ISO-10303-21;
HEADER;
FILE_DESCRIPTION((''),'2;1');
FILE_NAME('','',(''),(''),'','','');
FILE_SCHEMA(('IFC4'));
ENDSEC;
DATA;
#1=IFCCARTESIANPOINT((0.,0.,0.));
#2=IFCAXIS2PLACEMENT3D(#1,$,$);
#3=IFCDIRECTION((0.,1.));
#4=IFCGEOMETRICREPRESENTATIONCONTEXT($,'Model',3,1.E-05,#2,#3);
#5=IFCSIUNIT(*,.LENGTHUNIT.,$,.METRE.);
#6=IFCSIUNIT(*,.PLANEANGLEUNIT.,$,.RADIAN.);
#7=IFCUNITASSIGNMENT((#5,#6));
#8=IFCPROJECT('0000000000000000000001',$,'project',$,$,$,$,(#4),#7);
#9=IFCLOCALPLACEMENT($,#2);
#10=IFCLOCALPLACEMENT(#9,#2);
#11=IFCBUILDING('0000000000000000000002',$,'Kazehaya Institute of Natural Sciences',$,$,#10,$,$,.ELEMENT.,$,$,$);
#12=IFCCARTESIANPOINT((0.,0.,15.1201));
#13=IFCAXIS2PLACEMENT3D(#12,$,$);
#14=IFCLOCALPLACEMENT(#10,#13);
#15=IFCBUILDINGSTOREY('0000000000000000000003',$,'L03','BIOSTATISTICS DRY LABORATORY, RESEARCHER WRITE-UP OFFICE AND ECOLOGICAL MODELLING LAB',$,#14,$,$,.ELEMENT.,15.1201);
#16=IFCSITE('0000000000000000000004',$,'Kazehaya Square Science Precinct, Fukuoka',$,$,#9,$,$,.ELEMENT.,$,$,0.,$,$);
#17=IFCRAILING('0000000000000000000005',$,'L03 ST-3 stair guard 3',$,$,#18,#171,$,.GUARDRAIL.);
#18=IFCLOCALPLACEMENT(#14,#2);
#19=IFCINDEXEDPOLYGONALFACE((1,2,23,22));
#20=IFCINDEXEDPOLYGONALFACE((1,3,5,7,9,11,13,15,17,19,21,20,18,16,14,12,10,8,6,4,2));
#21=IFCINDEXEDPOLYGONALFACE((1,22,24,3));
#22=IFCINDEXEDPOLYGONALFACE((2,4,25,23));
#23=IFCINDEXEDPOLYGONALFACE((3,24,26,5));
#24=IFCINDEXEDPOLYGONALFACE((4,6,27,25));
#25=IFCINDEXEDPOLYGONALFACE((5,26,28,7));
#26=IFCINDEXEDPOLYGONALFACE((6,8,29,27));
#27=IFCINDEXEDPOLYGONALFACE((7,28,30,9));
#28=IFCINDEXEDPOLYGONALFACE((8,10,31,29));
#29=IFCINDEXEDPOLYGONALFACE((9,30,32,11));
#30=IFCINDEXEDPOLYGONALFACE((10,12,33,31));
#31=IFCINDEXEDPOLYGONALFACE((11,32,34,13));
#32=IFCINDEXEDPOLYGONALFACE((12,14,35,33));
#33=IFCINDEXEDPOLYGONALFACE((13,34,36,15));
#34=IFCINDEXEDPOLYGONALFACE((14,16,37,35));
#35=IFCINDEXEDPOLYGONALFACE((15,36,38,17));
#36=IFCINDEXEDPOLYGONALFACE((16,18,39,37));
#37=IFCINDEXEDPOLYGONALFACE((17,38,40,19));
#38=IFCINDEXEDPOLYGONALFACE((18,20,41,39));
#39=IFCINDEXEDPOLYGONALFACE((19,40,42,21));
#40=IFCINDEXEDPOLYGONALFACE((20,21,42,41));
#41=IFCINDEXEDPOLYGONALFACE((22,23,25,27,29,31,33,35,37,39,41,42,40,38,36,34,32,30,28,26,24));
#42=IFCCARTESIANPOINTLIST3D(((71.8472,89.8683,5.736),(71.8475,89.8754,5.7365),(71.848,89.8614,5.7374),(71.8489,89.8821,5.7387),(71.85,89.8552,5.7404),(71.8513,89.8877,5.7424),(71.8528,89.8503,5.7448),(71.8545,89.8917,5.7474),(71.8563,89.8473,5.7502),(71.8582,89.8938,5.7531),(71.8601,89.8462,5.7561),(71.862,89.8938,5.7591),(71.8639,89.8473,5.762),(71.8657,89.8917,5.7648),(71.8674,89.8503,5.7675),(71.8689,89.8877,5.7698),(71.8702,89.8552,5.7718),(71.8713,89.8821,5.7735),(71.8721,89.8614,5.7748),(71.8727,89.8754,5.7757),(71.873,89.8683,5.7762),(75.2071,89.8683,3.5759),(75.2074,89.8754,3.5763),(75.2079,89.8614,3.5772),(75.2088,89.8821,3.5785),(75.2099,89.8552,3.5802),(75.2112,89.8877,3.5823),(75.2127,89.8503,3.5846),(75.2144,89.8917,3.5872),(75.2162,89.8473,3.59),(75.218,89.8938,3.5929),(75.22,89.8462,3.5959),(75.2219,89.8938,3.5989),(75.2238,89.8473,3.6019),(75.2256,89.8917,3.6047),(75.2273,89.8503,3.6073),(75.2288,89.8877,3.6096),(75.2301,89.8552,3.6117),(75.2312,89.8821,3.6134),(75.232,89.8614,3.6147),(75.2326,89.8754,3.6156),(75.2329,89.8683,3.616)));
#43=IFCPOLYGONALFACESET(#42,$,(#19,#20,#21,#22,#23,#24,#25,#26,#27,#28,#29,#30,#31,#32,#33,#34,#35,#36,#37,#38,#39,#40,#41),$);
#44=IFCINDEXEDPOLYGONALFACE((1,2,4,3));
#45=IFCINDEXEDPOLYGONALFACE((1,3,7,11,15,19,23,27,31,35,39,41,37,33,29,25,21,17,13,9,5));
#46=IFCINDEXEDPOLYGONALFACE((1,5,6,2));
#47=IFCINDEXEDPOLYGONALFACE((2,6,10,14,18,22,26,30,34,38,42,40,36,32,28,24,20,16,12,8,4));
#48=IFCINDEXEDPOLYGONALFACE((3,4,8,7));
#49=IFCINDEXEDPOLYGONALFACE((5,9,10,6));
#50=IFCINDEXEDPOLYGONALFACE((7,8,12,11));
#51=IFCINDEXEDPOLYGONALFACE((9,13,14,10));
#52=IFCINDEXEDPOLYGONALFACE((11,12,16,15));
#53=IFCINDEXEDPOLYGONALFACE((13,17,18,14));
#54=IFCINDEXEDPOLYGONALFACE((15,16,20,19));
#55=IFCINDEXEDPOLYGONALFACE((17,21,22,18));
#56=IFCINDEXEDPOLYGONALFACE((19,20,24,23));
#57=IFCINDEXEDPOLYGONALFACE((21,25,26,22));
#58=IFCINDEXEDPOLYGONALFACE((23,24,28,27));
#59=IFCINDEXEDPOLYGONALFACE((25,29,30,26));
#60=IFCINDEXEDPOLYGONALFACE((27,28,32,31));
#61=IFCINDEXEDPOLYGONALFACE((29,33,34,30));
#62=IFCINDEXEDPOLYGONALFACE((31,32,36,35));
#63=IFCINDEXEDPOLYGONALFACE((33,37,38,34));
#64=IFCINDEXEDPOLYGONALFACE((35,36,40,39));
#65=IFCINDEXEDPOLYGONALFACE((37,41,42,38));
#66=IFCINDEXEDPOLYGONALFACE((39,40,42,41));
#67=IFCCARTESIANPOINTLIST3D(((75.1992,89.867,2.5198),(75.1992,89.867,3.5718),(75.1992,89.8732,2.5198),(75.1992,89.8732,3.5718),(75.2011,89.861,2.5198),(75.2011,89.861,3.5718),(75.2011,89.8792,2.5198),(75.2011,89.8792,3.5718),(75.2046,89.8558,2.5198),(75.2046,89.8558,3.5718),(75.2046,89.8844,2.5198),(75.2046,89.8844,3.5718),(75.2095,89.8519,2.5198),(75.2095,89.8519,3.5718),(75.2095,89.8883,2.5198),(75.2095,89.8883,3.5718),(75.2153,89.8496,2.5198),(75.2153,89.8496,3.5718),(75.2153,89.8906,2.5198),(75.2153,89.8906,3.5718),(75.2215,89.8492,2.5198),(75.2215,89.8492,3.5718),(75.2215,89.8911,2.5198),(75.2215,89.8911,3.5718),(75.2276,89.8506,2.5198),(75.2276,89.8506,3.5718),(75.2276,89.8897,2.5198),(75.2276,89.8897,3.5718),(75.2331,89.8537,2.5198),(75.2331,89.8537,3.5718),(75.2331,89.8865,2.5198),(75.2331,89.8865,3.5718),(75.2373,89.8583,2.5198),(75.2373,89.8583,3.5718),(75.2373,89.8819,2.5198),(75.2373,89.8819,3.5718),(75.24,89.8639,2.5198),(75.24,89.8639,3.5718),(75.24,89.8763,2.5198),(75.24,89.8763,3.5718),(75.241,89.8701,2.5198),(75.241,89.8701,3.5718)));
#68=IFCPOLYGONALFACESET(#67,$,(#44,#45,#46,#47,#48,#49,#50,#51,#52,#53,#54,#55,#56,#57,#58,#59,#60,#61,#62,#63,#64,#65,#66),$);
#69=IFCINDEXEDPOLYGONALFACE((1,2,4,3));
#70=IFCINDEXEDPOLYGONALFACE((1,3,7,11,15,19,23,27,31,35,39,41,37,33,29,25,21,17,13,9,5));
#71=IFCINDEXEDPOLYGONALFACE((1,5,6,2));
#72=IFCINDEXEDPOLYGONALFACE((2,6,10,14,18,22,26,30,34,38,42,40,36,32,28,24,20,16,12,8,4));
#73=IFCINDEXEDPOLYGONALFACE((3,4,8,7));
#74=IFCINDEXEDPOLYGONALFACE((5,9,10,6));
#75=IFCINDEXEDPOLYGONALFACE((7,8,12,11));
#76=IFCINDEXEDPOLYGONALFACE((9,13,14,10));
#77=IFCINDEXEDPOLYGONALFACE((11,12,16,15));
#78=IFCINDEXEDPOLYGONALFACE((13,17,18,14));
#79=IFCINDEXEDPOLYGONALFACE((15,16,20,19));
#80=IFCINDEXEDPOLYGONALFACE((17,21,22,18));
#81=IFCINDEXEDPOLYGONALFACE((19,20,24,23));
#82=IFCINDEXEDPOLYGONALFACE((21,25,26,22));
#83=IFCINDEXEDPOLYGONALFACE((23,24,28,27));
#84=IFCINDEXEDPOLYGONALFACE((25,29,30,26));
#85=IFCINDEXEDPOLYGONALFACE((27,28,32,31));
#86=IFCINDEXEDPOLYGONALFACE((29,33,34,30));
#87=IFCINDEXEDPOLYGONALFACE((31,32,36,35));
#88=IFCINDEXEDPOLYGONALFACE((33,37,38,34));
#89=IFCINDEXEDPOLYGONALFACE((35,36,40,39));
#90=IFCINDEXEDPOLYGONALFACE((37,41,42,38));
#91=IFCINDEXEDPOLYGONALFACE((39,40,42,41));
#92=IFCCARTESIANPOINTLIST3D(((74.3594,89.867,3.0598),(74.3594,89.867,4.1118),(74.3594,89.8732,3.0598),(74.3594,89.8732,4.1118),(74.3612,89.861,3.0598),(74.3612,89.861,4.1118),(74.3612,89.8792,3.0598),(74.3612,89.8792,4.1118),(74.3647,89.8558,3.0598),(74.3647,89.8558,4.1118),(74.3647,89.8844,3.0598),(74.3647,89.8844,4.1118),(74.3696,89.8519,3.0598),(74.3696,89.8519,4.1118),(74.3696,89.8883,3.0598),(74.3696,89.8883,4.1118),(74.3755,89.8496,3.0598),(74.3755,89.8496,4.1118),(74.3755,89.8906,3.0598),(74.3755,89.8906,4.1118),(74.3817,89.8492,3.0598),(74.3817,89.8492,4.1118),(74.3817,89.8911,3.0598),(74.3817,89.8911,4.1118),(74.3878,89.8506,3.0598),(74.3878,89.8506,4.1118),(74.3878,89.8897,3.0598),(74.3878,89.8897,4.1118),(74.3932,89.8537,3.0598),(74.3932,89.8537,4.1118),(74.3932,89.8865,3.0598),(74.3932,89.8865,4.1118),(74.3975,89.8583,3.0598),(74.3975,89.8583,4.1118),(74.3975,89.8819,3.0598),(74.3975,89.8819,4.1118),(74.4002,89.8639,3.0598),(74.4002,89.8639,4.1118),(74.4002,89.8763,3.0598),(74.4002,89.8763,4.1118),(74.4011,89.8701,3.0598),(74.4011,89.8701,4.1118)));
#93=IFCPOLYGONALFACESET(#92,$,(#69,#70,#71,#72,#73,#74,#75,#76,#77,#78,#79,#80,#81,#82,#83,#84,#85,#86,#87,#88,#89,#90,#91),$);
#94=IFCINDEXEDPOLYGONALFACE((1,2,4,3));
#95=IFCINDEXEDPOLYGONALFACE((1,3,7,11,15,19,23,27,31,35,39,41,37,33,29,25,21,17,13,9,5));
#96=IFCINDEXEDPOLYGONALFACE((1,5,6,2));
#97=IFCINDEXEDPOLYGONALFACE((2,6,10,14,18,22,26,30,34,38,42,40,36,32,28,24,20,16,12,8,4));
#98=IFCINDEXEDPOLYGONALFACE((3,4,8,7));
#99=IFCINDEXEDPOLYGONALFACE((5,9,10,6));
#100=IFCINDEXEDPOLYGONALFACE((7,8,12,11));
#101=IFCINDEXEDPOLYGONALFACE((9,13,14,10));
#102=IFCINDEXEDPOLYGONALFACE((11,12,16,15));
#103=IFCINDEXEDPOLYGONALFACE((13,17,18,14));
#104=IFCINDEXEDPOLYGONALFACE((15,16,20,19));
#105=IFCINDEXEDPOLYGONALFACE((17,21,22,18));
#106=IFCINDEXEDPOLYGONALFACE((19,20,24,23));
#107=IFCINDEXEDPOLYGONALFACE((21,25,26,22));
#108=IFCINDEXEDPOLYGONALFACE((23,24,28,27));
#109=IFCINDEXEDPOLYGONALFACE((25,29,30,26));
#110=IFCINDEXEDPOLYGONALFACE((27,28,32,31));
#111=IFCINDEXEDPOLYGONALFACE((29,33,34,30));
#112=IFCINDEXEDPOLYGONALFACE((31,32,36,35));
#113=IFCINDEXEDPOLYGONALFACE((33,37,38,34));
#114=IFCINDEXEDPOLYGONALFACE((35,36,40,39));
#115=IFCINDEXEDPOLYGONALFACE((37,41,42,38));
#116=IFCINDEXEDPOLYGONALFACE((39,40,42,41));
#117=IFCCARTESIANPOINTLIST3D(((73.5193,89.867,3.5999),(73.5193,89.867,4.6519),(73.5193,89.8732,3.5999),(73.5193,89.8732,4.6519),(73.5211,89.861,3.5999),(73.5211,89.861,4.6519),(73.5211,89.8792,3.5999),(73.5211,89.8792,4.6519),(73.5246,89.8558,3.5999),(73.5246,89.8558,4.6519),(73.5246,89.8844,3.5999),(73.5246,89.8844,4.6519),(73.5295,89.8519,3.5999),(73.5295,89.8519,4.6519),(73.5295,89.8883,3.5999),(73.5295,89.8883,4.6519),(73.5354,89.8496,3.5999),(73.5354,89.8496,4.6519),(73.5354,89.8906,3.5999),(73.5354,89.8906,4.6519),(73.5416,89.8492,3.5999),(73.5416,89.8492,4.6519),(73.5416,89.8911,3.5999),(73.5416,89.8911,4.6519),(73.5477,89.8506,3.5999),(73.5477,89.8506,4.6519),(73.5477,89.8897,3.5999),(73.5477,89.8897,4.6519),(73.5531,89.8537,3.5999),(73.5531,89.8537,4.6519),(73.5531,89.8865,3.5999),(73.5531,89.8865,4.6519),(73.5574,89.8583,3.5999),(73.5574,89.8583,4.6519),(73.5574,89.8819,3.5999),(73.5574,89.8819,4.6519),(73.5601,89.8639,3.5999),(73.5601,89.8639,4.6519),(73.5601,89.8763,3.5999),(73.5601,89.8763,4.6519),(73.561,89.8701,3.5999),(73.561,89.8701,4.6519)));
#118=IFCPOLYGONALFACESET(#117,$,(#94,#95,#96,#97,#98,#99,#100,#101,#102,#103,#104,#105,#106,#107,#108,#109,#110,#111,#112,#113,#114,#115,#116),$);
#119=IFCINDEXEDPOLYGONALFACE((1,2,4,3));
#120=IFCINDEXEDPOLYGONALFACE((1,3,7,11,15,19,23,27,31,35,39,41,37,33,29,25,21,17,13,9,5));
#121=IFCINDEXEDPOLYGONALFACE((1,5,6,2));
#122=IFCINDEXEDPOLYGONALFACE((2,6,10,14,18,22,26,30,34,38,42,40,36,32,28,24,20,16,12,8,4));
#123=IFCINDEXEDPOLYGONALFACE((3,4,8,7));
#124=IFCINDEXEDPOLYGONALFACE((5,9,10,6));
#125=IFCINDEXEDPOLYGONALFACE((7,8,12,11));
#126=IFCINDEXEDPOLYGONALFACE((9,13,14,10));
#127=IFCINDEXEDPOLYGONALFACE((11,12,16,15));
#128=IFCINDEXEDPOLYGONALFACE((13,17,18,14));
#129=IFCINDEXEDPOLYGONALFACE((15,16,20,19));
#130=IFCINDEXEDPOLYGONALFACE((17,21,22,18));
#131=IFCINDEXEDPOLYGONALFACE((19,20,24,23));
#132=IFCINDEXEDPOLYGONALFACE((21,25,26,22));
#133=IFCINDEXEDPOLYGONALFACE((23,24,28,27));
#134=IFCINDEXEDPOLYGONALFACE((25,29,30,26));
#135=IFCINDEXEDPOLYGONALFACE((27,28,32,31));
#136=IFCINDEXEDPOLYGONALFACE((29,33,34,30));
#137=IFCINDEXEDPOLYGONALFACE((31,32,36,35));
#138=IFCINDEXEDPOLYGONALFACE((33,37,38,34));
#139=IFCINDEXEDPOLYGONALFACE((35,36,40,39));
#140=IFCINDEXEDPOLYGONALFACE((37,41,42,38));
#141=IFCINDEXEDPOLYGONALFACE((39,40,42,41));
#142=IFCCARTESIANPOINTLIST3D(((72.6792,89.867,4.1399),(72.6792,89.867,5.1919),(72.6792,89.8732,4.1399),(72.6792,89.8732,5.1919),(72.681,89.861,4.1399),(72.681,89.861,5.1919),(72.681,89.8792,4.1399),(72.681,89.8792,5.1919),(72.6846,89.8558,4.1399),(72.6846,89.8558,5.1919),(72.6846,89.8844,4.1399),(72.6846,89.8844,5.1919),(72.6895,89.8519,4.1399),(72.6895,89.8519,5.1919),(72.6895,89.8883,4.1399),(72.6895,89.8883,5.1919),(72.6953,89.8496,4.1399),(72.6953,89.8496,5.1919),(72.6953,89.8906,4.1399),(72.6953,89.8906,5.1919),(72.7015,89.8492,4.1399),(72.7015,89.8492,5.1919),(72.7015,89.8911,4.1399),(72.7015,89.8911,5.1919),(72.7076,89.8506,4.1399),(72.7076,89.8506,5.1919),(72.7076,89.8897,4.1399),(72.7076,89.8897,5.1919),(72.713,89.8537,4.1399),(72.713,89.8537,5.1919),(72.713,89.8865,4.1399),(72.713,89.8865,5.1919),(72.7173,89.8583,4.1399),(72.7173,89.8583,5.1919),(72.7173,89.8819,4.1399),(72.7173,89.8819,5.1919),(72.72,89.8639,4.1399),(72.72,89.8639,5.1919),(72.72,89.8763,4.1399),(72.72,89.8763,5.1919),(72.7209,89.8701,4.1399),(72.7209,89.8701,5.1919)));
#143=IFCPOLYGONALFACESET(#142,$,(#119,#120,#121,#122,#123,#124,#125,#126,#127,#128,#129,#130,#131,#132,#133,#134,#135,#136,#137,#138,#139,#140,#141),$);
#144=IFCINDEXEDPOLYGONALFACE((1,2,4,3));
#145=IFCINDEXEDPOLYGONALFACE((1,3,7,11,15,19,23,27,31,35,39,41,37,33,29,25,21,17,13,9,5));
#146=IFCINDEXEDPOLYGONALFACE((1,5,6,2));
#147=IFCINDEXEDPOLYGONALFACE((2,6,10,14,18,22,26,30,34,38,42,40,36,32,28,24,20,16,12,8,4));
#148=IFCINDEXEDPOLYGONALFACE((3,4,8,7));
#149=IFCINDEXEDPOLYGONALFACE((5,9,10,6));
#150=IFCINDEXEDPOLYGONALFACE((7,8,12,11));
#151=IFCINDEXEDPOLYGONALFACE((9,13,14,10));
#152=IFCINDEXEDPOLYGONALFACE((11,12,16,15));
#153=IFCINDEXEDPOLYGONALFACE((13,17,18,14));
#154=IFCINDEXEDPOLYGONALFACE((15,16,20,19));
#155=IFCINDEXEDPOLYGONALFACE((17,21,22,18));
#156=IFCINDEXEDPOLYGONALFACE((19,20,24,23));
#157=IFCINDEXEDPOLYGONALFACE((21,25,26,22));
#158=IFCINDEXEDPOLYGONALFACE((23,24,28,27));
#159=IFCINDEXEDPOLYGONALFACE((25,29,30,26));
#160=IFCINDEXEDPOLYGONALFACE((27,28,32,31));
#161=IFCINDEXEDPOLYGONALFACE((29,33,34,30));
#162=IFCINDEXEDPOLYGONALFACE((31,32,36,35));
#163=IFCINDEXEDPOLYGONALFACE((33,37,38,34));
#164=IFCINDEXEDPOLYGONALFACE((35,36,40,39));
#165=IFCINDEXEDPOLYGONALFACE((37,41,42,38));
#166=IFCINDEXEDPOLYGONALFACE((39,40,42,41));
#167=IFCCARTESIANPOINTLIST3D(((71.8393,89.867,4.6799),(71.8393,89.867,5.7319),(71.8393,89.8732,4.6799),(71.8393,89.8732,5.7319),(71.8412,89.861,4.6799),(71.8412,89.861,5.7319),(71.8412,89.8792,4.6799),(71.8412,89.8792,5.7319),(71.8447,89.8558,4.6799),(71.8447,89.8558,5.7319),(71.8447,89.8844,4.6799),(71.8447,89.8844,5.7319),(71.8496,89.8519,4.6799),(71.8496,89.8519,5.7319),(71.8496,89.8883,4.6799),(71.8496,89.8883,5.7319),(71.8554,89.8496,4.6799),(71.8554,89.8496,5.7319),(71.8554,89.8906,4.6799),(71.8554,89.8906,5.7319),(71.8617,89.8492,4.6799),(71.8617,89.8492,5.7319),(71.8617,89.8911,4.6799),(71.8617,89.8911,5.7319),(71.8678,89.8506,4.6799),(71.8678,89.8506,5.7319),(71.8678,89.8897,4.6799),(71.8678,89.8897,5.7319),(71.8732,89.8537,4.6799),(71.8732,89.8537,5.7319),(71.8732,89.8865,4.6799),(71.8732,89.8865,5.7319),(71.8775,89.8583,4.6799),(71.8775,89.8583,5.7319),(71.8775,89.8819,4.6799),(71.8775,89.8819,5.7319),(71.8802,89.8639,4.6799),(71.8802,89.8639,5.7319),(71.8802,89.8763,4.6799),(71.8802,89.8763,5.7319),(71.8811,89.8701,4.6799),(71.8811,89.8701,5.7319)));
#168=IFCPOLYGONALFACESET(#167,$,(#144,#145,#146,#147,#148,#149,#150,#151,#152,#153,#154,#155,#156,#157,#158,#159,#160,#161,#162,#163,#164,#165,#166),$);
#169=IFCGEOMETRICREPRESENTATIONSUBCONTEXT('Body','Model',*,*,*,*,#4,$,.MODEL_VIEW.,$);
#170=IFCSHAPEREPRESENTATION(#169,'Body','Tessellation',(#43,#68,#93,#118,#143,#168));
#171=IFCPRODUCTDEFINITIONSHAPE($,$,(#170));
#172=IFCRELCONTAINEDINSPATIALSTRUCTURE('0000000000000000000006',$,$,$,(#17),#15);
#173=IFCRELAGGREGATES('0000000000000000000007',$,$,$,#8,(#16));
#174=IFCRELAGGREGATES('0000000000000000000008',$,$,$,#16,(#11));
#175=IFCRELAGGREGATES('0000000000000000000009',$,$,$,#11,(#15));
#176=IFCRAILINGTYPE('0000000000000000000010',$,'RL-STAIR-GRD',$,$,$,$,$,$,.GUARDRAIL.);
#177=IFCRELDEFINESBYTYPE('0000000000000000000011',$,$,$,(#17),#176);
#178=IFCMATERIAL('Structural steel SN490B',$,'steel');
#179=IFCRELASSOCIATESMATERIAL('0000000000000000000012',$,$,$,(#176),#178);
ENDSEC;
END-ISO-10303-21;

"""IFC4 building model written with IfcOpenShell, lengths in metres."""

from ifc_helpers import new_model, si_unit, direction, frame, origin, origin_2d, place, context, subcontext, project, spatial, circle, extrude, material, type_object, element, save


model = new_model("IFC4")

# Units and contexts
model_context = context("Model", 3, precision=1e-05, world=origin(), true_north=direction((0.0, 1.0)))
body_context = subcontext(model_context, "Body", "Model", "MODEL_VIEW")
ifc_project = project(units=[si_unit("LENGTHUNIT", "METRE"), si_unit("PLANEANGLEUNIT", "RADIAN")], contexts=[model_context])

# Site, building, storey
site_placement = place(None, origin())
site = spatial("IfcSite", under=ifc_project, at=site_placement, Name="Kazehaya Square Science Precinct, Fukuoka", CompositionType="ELEMENT", RefElevation=0.0)
building_placement = place(site_placement, origin())
building = spatial("IfcBuilding", under=site, at=building_placement, Name="Kazehaya Institute of Natural Sciences", CompositionType="ELEMENT")
storey_placement = place(building_placement, frame((0.0, 0.0, 15.1201)))
storey = spatial("IfcBuildingStorey", under=building, at=storey_placement, Name="L03", Description="BIOSTATISTICS DRY LABORATORY, RESEARCHER WRITE-UP OFFICE AND ECOLOGICAL MODELLING LAB", CompositionType="ELEMENT", Elevation=15.1201)

# Railing
ifc_material_1 = material(Name="Structural steel SN490B", Category="steel")
railing_type_1 = type_object("IfcRailingType", Name="RL-STAIR-GRD", PredefinedType="GUARDRAIL", material=ifc_material_1)
railing_1_placement = place(storey_placement, frame((75.22, 89.8701, 2.5198)))
element("IfcRailing", 1, at=railing_1_placement, inside=storey, type_object=railing_type_1, Name="L03 ST-3 stair guard 3", PredefinedType="GUARDRAIL", context=body_context, shape_type="SweptSolid", body=[
    extrude(circle(Radius=0.0239, at=origin_2d()), frame((0.0, 0.0, 1.0762), z_axis=(-0.841151, 0.0, 0.540801), x_axis=(0.0, -1.0, 0.0)), (0.0, 0.0, 1.0), 3.9944),
    extrude(circle(Radius=0.021, at=origin_2d()), origin(), (0.0, 0.0, 1.0), 1.052),
    extrude(circle(Radius=0.021, at=origin_2d()), frame((-0.8398, 0.0, 0.54)), (0.0, 0.0, 1.0), 1.052),
    extrude(circle(Radius=0.021, at=origin_2d()), frame((-1.6799, 0.0, 1.0801)), (0.0, 0.0, 1.0), 1.052),
    extrude(circle(Radius=0.021, at=origin_2d()), frame((-2.52, 0.0, 1.6201)), (0.0, 0.0, 1.0), 1.052),
    extrude(circle(Radius=0.021, at=origin_2d()), frame((-3.3599, 0.0, 2.1602)), (0.0, 0.0, 1.0), 1.052),
])

save(model, "model.ifc")
